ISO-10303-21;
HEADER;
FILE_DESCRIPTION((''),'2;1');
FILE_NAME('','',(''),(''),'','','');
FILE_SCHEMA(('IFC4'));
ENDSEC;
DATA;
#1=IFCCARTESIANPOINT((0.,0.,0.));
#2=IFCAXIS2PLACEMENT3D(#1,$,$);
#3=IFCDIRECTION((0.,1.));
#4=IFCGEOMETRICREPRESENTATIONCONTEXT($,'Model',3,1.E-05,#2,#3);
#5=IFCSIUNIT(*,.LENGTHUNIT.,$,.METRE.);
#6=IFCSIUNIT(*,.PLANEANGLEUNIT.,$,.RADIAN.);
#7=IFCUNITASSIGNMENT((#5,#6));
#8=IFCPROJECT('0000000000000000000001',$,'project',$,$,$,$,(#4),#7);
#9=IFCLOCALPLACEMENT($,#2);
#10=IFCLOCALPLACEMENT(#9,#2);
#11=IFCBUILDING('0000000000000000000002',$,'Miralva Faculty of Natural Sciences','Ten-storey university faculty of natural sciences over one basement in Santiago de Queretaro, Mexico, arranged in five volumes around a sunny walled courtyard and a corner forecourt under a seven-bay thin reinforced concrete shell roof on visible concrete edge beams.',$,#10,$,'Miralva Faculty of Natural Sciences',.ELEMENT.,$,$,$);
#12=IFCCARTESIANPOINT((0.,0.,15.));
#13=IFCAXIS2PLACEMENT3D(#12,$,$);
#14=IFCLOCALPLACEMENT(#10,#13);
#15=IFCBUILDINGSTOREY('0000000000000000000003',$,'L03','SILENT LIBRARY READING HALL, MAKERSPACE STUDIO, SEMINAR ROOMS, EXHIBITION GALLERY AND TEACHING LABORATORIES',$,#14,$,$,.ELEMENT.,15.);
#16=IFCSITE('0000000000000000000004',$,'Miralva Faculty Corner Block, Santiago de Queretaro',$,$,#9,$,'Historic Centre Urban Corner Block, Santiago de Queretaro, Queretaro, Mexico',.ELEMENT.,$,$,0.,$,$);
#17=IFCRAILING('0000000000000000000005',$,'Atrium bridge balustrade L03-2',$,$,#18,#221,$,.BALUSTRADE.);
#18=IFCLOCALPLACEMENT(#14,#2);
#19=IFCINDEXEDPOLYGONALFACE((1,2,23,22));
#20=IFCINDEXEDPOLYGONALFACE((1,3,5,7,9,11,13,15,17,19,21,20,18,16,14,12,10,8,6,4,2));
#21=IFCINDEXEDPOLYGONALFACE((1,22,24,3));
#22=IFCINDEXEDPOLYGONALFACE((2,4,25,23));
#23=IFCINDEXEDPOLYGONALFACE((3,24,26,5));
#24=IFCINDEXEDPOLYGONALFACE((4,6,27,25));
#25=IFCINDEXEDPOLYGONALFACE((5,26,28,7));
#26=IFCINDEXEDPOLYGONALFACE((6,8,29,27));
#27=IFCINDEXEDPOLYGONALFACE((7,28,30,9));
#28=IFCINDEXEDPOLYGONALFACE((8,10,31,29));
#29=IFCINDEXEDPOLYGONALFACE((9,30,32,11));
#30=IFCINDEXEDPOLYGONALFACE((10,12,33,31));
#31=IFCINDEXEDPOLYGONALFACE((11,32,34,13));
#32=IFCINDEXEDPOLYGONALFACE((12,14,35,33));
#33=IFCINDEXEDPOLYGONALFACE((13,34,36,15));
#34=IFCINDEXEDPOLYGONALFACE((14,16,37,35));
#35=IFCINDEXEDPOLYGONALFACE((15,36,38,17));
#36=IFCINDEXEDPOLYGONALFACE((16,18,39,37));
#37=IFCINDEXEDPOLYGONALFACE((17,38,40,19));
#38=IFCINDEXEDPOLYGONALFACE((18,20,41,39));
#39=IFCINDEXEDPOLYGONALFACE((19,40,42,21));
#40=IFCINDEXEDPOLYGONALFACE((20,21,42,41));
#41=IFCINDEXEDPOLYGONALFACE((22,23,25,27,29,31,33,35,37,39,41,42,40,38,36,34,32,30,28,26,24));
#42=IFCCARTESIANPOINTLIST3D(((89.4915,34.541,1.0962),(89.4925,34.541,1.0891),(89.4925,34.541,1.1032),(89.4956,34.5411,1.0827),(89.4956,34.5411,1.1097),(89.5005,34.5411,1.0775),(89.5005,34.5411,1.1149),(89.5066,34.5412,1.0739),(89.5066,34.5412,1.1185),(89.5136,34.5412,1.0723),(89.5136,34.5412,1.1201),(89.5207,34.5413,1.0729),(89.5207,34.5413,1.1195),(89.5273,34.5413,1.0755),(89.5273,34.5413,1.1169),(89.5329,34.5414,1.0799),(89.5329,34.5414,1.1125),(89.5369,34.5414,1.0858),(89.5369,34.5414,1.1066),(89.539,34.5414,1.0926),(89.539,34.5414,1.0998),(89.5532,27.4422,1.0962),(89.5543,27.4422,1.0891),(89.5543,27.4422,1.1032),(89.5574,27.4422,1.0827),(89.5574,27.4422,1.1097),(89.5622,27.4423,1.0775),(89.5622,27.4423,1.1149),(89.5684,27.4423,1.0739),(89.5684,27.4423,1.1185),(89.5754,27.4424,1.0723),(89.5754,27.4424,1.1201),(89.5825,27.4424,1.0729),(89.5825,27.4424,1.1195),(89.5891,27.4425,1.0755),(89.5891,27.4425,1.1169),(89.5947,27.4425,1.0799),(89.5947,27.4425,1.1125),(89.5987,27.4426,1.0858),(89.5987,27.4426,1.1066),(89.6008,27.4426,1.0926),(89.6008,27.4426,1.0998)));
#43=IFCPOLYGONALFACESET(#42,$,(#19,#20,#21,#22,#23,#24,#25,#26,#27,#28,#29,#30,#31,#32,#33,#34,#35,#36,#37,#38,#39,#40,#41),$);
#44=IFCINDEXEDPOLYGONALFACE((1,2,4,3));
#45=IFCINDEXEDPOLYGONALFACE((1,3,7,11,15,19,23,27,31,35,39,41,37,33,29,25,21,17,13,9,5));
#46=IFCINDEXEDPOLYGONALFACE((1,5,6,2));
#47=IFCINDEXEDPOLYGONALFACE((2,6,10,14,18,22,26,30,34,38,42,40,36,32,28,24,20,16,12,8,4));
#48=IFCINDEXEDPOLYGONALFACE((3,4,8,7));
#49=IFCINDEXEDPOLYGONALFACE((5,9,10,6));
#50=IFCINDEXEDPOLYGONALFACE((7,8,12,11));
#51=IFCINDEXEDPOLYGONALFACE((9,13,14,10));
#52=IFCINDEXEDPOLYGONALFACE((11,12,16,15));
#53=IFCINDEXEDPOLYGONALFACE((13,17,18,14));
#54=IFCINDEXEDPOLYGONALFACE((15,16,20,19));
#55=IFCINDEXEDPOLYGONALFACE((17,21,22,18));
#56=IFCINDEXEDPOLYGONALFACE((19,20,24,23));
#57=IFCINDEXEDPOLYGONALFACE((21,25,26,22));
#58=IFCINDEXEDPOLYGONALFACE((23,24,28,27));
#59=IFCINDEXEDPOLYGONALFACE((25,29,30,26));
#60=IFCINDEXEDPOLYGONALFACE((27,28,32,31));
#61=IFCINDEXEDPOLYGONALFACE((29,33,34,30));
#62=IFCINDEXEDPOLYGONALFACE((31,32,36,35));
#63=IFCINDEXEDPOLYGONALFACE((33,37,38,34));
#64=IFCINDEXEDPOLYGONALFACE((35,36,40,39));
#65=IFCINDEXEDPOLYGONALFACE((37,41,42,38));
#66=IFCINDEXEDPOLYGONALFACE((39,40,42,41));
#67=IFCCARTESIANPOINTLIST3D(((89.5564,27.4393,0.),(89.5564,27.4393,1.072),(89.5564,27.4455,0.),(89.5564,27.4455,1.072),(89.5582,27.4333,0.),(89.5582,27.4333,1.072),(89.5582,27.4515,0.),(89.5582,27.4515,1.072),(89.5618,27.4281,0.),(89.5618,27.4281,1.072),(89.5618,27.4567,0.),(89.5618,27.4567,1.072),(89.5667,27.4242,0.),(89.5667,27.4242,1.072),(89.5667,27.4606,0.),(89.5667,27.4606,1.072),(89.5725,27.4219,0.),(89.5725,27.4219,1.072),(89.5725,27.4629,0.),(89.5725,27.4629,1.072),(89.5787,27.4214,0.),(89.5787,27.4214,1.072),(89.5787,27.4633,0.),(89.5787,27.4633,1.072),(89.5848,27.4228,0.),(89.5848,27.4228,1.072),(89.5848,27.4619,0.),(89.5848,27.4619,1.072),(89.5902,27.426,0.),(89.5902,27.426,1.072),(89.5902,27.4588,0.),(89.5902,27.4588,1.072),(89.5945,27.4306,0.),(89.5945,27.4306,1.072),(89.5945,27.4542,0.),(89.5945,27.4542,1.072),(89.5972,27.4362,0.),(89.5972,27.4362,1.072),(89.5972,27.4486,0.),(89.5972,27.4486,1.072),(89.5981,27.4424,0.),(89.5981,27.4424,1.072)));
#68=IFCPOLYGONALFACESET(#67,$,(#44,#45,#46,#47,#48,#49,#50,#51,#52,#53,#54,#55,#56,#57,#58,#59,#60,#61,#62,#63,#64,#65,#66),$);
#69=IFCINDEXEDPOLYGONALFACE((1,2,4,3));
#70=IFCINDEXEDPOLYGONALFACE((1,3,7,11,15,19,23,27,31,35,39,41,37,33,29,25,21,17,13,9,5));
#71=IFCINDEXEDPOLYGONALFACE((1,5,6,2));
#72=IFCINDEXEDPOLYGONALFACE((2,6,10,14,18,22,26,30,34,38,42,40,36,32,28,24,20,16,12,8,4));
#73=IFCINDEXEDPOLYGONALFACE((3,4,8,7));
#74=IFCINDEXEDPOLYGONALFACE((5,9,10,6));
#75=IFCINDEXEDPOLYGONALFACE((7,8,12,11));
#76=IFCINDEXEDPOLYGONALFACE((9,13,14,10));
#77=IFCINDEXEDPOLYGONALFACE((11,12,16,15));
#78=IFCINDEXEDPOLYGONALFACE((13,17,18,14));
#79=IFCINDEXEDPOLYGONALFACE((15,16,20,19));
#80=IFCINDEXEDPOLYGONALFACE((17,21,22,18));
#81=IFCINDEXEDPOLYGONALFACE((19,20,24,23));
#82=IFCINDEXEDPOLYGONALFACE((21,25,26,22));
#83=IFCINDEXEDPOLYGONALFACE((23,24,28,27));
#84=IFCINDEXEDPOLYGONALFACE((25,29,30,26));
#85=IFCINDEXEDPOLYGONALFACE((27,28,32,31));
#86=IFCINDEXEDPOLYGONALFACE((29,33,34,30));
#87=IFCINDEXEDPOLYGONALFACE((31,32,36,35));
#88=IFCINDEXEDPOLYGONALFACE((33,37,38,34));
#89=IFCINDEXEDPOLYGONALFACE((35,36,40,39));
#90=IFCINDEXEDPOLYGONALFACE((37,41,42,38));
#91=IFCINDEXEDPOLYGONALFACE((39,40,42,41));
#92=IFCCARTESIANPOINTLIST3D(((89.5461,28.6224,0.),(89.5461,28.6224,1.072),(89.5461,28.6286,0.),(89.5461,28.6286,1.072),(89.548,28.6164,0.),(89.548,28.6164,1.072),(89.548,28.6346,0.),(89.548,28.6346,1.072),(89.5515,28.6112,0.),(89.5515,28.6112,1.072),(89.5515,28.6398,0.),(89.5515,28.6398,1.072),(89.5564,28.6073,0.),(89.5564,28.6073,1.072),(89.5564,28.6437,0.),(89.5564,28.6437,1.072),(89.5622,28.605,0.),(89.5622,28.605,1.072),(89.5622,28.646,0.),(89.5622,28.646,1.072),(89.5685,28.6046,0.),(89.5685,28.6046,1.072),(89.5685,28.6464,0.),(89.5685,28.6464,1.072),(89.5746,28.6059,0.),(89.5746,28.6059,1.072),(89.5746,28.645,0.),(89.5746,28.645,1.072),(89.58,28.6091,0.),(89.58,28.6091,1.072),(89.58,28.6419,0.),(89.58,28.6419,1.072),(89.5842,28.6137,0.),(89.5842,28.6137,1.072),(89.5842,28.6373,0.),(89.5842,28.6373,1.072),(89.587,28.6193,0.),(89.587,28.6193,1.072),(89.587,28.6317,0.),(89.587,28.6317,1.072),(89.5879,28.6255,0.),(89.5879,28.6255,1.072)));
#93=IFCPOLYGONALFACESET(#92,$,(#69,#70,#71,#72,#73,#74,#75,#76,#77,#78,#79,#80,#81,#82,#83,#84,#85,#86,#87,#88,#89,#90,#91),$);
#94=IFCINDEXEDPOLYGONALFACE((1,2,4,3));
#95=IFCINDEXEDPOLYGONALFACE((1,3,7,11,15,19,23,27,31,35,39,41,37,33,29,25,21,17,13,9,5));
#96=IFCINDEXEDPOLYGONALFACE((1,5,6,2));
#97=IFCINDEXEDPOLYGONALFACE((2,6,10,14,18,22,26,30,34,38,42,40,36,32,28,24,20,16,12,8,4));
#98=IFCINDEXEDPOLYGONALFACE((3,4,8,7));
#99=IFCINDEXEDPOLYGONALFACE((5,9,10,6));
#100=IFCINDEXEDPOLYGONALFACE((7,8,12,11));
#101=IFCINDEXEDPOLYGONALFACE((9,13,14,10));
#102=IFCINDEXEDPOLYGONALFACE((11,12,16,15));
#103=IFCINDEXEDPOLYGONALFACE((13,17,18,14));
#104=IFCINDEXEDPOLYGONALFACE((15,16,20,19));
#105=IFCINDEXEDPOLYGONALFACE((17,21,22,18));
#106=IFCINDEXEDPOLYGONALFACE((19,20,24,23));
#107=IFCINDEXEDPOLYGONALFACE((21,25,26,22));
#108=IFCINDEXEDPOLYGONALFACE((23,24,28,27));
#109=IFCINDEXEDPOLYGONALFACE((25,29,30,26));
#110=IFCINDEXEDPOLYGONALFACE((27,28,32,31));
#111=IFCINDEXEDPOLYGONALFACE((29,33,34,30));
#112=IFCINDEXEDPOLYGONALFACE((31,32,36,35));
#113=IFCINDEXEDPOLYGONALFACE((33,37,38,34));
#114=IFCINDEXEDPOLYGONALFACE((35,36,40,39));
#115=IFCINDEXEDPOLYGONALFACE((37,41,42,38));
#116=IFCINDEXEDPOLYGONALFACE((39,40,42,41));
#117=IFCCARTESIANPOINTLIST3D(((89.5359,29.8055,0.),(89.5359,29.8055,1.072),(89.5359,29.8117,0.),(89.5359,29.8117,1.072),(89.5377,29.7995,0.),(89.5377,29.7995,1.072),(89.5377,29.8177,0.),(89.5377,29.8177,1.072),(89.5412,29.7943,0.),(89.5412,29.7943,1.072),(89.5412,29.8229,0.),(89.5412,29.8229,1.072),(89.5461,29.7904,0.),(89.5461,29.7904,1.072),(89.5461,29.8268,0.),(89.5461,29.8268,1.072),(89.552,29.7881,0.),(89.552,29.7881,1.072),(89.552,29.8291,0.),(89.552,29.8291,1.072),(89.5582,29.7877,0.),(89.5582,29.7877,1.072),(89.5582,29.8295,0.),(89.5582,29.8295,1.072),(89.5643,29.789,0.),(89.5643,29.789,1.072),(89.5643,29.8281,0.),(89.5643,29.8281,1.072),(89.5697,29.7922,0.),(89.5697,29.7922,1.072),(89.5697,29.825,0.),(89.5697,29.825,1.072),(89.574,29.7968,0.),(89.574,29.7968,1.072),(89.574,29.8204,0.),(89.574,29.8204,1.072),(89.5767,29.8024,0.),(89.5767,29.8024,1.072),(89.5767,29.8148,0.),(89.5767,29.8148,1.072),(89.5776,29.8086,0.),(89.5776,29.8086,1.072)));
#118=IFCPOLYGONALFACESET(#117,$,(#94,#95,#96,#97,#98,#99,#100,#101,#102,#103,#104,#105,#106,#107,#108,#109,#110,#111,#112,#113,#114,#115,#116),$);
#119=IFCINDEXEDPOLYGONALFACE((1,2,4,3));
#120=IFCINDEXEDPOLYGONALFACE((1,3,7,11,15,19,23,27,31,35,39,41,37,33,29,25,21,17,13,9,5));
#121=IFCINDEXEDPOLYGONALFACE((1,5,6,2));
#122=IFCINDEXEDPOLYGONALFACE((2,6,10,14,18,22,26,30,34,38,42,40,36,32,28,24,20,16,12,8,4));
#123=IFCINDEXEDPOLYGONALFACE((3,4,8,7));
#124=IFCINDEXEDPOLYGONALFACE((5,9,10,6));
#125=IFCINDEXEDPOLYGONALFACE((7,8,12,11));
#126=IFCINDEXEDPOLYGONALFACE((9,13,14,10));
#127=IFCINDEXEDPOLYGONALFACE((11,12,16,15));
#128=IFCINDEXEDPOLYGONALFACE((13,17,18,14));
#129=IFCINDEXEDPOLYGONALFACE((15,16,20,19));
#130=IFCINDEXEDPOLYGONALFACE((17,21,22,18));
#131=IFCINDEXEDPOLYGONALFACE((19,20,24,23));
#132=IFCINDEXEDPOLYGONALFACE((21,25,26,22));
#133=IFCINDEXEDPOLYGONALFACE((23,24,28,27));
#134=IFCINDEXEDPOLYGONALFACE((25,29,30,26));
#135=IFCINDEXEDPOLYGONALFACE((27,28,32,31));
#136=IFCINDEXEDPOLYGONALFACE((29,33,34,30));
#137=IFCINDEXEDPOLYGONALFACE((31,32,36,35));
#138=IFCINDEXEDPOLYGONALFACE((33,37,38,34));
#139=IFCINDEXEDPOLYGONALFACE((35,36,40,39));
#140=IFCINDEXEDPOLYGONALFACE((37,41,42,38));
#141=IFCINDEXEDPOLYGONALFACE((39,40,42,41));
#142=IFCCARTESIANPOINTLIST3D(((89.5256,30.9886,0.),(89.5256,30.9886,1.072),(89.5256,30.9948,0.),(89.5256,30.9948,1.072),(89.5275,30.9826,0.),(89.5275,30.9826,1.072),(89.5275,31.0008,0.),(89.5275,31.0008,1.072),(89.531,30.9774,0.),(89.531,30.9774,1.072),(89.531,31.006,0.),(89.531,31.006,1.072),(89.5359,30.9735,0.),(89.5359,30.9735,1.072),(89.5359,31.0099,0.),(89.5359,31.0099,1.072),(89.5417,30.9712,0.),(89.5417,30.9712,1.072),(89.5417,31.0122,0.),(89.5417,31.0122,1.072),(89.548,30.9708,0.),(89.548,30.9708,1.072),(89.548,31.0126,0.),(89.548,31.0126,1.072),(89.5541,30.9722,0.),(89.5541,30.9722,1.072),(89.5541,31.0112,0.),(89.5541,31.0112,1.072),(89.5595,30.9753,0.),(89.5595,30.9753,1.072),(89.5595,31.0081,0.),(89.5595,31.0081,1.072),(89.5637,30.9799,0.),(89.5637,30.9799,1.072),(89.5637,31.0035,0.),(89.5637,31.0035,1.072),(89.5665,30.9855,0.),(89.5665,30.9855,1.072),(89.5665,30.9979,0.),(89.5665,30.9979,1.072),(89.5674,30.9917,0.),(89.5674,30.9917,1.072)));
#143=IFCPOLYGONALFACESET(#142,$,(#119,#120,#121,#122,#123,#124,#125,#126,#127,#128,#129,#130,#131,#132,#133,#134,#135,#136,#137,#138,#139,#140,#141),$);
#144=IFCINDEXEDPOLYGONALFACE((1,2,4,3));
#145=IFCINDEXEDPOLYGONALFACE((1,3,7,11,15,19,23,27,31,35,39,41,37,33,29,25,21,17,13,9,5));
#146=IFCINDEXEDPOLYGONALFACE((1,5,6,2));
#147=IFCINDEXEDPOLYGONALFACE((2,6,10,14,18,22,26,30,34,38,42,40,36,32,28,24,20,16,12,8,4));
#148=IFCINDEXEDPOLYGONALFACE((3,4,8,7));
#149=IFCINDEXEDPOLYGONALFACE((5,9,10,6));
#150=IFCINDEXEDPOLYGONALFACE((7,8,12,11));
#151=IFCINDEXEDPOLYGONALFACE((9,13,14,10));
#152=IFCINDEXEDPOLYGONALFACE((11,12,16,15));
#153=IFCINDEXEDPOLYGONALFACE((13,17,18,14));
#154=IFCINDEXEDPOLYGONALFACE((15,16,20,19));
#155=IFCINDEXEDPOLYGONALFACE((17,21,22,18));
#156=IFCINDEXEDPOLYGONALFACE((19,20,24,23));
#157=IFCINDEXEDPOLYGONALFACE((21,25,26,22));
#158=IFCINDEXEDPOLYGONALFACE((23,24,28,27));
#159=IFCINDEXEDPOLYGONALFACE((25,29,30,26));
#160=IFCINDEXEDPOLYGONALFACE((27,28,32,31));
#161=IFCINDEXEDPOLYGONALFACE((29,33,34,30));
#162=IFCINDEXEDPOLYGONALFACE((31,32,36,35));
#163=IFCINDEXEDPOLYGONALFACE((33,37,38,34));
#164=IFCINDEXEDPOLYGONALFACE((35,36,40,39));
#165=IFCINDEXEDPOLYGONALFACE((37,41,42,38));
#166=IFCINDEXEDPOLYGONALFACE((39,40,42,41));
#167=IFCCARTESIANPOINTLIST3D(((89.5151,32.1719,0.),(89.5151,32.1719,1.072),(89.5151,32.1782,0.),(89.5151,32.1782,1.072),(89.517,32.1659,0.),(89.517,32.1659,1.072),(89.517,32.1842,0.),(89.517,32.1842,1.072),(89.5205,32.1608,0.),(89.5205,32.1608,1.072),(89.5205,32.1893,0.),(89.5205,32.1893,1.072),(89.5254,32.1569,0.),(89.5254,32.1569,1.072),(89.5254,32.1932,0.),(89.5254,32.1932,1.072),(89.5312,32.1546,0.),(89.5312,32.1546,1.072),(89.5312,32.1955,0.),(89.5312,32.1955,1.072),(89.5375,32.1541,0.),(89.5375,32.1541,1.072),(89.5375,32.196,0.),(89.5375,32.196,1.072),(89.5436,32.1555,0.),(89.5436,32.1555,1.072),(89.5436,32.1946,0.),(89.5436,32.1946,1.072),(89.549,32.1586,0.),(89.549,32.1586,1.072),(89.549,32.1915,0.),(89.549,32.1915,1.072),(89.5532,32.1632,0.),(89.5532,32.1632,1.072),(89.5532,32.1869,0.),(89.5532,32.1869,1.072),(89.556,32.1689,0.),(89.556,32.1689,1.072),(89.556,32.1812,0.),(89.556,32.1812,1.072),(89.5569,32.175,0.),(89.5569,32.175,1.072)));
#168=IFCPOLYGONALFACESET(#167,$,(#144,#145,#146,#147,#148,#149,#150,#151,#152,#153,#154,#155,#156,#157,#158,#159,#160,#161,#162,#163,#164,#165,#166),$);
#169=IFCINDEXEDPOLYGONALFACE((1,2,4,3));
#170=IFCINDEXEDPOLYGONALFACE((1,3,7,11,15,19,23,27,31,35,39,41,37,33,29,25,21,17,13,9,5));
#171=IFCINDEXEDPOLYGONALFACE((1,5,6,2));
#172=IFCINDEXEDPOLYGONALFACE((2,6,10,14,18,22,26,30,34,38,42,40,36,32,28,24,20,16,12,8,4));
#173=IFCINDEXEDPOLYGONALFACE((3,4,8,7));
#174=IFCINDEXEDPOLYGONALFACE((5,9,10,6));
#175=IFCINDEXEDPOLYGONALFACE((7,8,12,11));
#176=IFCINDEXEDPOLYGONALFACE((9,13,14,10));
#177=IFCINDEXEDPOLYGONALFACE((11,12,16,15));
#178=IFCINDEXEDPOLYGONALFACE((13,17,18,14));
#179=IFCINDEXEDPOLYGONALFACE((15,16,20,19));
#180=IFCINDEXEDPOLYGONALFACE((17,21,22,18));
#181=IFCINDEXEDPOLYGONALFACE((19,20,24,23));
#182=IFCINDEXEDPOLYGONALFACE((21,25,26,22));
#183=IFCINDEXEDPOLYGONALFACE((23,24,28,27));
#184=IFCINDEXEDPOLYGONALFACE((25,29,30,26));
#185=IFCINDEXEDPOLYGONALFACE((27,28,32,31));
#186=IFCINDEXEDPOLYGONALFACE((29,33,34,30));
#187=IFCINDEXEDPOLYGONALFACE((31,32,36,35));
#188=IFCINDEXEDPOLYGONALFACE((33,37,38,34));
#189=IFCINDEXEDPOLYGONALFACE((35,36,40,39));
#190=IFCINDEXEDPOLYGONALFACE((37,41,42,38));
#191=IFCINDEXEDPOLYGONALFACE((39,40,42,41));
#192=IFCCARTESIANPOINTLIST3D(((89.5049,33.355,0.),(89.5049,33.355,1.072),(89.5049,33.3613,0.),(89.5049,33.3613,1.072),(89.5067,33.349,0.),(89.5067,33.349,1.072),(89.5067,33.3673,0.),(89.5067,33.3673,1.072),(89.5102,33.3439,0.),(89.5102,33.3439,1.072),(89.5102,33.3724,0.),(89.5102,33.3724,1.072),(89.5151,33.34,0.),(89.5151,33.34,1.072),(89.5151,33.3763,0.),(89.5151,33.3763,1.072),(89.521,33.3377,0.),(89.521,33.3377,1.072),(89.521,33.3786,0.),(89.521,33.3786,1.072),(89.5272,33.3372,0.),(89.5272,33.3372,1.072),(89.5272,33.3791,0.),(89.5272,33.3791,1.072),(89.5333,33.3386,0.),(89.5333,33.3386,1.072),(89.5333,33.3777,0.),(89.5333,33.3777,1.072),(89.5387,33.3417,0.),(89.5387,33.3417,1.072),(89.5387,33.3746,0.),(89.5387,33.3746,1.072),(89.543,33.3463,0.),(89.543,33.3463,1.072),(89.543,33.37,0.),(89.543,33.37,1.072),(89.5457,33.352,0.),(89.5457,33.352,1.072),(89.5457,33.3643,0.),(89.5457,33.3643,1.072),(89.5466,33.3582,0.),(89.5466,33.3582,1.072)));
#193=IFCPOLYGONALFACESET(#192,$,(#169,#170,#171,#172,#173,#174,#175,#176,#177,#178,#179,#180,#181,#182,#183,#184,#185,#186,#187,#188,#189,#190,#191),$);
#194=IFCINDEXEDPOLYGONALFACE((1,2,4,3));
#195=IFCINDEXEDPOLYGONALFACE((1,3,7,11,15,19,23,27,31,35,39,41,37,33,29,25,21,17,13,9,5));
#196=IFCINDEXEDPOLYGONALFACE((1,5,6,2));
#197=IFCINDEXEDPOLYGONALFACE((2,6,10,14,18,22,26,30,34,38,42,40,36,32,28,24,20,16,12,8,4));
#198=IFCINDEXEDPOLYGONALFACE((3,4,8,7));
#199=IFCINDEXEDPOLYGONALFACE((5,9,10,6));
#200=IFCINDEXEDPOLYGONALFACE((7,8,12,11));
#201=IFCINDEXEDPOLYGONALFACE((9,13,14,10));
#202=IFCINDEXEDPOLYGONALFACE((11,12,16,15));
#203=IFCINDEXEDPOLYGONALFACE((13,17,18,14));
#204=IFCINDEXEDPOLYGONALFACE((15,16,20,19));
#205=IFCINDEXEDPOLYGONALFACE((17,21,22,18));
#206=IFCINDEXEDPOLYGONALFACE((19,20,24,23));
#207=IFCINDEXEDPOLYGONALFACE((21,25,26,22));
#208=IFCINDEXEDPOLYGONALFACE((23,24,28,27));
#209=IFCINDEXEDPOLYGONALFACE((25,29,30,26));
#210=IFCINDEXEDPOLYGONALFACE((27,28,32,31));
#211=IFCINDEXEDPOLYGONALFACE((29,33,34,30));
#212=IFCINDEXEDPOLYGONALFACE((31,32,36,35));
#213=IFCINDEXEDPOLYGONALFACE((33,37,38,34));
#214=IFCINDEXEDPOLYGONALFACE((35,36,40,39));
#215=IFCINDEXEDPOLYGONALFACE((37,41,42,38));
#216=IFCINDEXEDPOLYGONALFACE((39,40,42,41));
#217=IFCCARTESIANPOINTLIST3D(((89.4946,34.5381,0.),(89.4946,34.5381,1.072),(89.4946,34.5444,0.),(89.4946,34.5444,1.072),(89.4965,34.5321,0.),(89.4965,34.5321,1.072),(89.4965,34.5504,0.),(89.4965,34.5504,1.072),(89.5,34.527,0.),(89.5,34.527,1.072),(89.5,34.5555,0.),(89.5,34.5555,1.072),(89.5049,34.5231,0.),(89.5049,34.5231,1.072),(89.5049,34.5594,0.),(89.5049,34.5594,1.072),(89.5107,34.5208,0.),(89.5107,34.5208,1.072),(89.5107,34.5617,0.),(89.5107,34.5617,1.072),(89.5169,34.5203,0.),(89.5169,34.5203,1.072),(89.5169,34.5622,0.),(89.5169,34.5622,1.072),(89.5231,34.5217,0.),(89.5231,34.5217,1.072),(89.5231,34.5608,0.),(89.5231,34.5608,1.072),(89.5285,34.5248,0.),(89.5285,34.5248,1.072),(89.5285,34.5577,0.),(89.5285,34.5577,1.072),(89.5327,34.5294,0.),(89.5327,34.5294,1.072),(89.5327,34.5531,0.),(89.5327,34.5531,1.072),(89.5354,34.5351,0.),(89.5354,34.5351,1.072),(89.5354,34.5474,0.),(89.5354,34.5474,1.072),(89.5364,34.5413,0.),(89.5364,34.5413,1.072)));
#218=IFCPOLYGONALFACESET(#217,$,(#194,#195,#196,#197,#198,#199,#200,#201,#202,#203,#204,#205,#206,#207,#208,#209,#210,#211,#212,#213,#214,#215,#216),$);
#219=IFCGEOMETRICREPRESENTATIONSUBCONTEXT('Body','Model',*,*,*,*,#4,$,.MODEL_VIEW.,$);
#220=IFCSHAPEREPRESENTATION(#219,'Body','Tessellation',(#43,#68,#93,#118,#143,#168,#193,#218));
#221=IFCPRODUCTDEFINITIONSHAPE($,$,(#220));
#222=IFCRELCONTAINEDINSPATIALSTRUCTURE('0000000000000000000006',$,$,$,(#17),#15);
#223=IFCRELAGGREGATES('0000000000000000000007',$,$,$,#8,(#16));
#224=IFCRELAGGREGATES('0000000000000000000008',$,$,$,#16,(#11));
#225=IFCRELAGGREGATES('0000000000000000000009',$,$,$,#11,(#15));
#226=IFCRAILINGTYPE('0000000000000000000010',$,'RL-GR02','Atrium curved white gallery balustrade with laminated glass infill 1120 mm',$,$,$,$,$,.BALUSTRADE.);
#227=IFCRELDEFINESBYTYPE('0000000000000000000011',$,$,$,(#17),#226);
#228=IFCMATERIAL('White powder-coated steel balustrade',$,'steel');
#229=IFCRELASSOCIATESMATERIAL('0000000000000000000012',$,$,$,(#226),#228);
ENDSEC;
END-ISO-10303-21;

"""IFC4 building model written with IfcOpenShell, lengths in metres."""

from ifc_helpers import new_model, si_unit, direction, frame, origin, origin_2d, place, context, subcontext, project, spatial, circle, extrude, material, type_object, element, save


model = new_model("IFC4")

# Units and contexts
model_context = context("Model", 3, precision=1e-05, world=origin(), true_north=direction((0.0, 1.0)))
body_context = subcontext(model_context, "Body", "Model", "MODEL_VIEW")
ifc_project = project(units=[si_unit("LENGTHUNIT", "METRE"), si_unit("PLANEANGLEUNIT", "RADIAN")], contexts=[model_context])

# Site, building, storey
site_placement = place(None, origin())
site = spatial("IfcSite", under=ifc_project, at=site_placement, Name="Miralva Faculty Corner Block, Santiago de Queretaro", LongName="Historic Centre Urban Corner Block, Santiago de Queretaro, Queretaro, Mexico", CompositionType="ELEMENT", RefElevation=0.0)
building_placement = place(site_placement, origin())
building = spatial("IfcBuilding", under=site, at=building_placement, Name="Miralva Faculty of Natural Sciences", Description="Ten-storey university faculty of natural sciences over one basement in Santiago de Queretaro, Mexico, arranged in five volumes around a sunny walled courtyard and a corner forecourt under a seven-bay thin reinforced concrete shell roof on visible concrete edge beams.", LongName="Miralva Faculty of Natural Sciences", CompositionType="ELEMENT")
storey_placement = place(building_placement, frame((0.0, 0.0, 15.0)))
storey = spatial("IfcBuildingStorey", under=building, at=storey_placement, Name="L03", Description="SILENT LIBRARY READING HALL, MAKERSPACE STUDIO, SEMINAR ROOMS, EXHIBITION GALLERY AND TEACHING LABORATORIES", CompositionType="ELEMENT", Elevation=15.0)

# Railing
ifc_material_1 = material(Name="White powder-coated steel balustrade", Category="steel")
railing_type = type_object("IfcRailingType", Name="RL-GR02", Description="Atrium curved white gallery balustrade with laminated glass infill 1120 mm", PredefinedType="BALUSTRADE", material=ifc_material_1)
railing_1_placement = place(storey_placement, frame((89.5771, 27.4424, 0.0)))
element("IfcRailing", 1, at=railing_1_placement, inside=storey, type_object=railing_type, Name="Atrium bridge balustrade L03-2", PredefinedType="BALUSTRADE", context=body_context, shape_type="SweptSolid", body=[
    extrude(circle(Radius=0.0239, at=origin_2d()), frame((0.0, 0.0, 1.0962), z_axis=(-0.008701, 0.999962, 0.0), x_axis=(-0.999962, -0.008701, 0.0)), (0.0, 0.0, 1.0), 7.0991),
    extrude(circle(Radius=0.021, at=origin_2d()), origin(), (0.0, 0.0, 1.0), 1.072),
    extrude(circle(Radius=0.021, at=origin_2d()), frame((-0.0103, 1.1831, 0.0)), (0.0, 0.0, 1.0), 1.072),
    extrude(circle(Radius=0.021, at=origin_2d()), frame((-0.0205, 2.3662, 0.0)), (0.0, 0.0, 1.0), 1.072),
    extrude(circle(Radius=0.021, at=origin_2d()), frame((-0.0308, 3.5493, 0.0)), (0.0, 0.0, 1.0), 1.072),
    extrude(circle(Radius=0.021, at=origin_2d()), frame((-0.0413, 4.7327, 0.0)), (0.0, 0.0, 1.0), 1.072),
    extrude(circle(Radius=0.021, at=origin_2d()), frame((-0.0515, 5.9158, 0.0)), (0.0, 0.0, 1.0), 1.072),
    extrude(circle(Radius=0.021, at=origin_2d()), frame((-0.0618, 7.0989, 0.0)), (0.0, 0.0, 1.0), 1.072),
])

save(model, "model.ifc")
